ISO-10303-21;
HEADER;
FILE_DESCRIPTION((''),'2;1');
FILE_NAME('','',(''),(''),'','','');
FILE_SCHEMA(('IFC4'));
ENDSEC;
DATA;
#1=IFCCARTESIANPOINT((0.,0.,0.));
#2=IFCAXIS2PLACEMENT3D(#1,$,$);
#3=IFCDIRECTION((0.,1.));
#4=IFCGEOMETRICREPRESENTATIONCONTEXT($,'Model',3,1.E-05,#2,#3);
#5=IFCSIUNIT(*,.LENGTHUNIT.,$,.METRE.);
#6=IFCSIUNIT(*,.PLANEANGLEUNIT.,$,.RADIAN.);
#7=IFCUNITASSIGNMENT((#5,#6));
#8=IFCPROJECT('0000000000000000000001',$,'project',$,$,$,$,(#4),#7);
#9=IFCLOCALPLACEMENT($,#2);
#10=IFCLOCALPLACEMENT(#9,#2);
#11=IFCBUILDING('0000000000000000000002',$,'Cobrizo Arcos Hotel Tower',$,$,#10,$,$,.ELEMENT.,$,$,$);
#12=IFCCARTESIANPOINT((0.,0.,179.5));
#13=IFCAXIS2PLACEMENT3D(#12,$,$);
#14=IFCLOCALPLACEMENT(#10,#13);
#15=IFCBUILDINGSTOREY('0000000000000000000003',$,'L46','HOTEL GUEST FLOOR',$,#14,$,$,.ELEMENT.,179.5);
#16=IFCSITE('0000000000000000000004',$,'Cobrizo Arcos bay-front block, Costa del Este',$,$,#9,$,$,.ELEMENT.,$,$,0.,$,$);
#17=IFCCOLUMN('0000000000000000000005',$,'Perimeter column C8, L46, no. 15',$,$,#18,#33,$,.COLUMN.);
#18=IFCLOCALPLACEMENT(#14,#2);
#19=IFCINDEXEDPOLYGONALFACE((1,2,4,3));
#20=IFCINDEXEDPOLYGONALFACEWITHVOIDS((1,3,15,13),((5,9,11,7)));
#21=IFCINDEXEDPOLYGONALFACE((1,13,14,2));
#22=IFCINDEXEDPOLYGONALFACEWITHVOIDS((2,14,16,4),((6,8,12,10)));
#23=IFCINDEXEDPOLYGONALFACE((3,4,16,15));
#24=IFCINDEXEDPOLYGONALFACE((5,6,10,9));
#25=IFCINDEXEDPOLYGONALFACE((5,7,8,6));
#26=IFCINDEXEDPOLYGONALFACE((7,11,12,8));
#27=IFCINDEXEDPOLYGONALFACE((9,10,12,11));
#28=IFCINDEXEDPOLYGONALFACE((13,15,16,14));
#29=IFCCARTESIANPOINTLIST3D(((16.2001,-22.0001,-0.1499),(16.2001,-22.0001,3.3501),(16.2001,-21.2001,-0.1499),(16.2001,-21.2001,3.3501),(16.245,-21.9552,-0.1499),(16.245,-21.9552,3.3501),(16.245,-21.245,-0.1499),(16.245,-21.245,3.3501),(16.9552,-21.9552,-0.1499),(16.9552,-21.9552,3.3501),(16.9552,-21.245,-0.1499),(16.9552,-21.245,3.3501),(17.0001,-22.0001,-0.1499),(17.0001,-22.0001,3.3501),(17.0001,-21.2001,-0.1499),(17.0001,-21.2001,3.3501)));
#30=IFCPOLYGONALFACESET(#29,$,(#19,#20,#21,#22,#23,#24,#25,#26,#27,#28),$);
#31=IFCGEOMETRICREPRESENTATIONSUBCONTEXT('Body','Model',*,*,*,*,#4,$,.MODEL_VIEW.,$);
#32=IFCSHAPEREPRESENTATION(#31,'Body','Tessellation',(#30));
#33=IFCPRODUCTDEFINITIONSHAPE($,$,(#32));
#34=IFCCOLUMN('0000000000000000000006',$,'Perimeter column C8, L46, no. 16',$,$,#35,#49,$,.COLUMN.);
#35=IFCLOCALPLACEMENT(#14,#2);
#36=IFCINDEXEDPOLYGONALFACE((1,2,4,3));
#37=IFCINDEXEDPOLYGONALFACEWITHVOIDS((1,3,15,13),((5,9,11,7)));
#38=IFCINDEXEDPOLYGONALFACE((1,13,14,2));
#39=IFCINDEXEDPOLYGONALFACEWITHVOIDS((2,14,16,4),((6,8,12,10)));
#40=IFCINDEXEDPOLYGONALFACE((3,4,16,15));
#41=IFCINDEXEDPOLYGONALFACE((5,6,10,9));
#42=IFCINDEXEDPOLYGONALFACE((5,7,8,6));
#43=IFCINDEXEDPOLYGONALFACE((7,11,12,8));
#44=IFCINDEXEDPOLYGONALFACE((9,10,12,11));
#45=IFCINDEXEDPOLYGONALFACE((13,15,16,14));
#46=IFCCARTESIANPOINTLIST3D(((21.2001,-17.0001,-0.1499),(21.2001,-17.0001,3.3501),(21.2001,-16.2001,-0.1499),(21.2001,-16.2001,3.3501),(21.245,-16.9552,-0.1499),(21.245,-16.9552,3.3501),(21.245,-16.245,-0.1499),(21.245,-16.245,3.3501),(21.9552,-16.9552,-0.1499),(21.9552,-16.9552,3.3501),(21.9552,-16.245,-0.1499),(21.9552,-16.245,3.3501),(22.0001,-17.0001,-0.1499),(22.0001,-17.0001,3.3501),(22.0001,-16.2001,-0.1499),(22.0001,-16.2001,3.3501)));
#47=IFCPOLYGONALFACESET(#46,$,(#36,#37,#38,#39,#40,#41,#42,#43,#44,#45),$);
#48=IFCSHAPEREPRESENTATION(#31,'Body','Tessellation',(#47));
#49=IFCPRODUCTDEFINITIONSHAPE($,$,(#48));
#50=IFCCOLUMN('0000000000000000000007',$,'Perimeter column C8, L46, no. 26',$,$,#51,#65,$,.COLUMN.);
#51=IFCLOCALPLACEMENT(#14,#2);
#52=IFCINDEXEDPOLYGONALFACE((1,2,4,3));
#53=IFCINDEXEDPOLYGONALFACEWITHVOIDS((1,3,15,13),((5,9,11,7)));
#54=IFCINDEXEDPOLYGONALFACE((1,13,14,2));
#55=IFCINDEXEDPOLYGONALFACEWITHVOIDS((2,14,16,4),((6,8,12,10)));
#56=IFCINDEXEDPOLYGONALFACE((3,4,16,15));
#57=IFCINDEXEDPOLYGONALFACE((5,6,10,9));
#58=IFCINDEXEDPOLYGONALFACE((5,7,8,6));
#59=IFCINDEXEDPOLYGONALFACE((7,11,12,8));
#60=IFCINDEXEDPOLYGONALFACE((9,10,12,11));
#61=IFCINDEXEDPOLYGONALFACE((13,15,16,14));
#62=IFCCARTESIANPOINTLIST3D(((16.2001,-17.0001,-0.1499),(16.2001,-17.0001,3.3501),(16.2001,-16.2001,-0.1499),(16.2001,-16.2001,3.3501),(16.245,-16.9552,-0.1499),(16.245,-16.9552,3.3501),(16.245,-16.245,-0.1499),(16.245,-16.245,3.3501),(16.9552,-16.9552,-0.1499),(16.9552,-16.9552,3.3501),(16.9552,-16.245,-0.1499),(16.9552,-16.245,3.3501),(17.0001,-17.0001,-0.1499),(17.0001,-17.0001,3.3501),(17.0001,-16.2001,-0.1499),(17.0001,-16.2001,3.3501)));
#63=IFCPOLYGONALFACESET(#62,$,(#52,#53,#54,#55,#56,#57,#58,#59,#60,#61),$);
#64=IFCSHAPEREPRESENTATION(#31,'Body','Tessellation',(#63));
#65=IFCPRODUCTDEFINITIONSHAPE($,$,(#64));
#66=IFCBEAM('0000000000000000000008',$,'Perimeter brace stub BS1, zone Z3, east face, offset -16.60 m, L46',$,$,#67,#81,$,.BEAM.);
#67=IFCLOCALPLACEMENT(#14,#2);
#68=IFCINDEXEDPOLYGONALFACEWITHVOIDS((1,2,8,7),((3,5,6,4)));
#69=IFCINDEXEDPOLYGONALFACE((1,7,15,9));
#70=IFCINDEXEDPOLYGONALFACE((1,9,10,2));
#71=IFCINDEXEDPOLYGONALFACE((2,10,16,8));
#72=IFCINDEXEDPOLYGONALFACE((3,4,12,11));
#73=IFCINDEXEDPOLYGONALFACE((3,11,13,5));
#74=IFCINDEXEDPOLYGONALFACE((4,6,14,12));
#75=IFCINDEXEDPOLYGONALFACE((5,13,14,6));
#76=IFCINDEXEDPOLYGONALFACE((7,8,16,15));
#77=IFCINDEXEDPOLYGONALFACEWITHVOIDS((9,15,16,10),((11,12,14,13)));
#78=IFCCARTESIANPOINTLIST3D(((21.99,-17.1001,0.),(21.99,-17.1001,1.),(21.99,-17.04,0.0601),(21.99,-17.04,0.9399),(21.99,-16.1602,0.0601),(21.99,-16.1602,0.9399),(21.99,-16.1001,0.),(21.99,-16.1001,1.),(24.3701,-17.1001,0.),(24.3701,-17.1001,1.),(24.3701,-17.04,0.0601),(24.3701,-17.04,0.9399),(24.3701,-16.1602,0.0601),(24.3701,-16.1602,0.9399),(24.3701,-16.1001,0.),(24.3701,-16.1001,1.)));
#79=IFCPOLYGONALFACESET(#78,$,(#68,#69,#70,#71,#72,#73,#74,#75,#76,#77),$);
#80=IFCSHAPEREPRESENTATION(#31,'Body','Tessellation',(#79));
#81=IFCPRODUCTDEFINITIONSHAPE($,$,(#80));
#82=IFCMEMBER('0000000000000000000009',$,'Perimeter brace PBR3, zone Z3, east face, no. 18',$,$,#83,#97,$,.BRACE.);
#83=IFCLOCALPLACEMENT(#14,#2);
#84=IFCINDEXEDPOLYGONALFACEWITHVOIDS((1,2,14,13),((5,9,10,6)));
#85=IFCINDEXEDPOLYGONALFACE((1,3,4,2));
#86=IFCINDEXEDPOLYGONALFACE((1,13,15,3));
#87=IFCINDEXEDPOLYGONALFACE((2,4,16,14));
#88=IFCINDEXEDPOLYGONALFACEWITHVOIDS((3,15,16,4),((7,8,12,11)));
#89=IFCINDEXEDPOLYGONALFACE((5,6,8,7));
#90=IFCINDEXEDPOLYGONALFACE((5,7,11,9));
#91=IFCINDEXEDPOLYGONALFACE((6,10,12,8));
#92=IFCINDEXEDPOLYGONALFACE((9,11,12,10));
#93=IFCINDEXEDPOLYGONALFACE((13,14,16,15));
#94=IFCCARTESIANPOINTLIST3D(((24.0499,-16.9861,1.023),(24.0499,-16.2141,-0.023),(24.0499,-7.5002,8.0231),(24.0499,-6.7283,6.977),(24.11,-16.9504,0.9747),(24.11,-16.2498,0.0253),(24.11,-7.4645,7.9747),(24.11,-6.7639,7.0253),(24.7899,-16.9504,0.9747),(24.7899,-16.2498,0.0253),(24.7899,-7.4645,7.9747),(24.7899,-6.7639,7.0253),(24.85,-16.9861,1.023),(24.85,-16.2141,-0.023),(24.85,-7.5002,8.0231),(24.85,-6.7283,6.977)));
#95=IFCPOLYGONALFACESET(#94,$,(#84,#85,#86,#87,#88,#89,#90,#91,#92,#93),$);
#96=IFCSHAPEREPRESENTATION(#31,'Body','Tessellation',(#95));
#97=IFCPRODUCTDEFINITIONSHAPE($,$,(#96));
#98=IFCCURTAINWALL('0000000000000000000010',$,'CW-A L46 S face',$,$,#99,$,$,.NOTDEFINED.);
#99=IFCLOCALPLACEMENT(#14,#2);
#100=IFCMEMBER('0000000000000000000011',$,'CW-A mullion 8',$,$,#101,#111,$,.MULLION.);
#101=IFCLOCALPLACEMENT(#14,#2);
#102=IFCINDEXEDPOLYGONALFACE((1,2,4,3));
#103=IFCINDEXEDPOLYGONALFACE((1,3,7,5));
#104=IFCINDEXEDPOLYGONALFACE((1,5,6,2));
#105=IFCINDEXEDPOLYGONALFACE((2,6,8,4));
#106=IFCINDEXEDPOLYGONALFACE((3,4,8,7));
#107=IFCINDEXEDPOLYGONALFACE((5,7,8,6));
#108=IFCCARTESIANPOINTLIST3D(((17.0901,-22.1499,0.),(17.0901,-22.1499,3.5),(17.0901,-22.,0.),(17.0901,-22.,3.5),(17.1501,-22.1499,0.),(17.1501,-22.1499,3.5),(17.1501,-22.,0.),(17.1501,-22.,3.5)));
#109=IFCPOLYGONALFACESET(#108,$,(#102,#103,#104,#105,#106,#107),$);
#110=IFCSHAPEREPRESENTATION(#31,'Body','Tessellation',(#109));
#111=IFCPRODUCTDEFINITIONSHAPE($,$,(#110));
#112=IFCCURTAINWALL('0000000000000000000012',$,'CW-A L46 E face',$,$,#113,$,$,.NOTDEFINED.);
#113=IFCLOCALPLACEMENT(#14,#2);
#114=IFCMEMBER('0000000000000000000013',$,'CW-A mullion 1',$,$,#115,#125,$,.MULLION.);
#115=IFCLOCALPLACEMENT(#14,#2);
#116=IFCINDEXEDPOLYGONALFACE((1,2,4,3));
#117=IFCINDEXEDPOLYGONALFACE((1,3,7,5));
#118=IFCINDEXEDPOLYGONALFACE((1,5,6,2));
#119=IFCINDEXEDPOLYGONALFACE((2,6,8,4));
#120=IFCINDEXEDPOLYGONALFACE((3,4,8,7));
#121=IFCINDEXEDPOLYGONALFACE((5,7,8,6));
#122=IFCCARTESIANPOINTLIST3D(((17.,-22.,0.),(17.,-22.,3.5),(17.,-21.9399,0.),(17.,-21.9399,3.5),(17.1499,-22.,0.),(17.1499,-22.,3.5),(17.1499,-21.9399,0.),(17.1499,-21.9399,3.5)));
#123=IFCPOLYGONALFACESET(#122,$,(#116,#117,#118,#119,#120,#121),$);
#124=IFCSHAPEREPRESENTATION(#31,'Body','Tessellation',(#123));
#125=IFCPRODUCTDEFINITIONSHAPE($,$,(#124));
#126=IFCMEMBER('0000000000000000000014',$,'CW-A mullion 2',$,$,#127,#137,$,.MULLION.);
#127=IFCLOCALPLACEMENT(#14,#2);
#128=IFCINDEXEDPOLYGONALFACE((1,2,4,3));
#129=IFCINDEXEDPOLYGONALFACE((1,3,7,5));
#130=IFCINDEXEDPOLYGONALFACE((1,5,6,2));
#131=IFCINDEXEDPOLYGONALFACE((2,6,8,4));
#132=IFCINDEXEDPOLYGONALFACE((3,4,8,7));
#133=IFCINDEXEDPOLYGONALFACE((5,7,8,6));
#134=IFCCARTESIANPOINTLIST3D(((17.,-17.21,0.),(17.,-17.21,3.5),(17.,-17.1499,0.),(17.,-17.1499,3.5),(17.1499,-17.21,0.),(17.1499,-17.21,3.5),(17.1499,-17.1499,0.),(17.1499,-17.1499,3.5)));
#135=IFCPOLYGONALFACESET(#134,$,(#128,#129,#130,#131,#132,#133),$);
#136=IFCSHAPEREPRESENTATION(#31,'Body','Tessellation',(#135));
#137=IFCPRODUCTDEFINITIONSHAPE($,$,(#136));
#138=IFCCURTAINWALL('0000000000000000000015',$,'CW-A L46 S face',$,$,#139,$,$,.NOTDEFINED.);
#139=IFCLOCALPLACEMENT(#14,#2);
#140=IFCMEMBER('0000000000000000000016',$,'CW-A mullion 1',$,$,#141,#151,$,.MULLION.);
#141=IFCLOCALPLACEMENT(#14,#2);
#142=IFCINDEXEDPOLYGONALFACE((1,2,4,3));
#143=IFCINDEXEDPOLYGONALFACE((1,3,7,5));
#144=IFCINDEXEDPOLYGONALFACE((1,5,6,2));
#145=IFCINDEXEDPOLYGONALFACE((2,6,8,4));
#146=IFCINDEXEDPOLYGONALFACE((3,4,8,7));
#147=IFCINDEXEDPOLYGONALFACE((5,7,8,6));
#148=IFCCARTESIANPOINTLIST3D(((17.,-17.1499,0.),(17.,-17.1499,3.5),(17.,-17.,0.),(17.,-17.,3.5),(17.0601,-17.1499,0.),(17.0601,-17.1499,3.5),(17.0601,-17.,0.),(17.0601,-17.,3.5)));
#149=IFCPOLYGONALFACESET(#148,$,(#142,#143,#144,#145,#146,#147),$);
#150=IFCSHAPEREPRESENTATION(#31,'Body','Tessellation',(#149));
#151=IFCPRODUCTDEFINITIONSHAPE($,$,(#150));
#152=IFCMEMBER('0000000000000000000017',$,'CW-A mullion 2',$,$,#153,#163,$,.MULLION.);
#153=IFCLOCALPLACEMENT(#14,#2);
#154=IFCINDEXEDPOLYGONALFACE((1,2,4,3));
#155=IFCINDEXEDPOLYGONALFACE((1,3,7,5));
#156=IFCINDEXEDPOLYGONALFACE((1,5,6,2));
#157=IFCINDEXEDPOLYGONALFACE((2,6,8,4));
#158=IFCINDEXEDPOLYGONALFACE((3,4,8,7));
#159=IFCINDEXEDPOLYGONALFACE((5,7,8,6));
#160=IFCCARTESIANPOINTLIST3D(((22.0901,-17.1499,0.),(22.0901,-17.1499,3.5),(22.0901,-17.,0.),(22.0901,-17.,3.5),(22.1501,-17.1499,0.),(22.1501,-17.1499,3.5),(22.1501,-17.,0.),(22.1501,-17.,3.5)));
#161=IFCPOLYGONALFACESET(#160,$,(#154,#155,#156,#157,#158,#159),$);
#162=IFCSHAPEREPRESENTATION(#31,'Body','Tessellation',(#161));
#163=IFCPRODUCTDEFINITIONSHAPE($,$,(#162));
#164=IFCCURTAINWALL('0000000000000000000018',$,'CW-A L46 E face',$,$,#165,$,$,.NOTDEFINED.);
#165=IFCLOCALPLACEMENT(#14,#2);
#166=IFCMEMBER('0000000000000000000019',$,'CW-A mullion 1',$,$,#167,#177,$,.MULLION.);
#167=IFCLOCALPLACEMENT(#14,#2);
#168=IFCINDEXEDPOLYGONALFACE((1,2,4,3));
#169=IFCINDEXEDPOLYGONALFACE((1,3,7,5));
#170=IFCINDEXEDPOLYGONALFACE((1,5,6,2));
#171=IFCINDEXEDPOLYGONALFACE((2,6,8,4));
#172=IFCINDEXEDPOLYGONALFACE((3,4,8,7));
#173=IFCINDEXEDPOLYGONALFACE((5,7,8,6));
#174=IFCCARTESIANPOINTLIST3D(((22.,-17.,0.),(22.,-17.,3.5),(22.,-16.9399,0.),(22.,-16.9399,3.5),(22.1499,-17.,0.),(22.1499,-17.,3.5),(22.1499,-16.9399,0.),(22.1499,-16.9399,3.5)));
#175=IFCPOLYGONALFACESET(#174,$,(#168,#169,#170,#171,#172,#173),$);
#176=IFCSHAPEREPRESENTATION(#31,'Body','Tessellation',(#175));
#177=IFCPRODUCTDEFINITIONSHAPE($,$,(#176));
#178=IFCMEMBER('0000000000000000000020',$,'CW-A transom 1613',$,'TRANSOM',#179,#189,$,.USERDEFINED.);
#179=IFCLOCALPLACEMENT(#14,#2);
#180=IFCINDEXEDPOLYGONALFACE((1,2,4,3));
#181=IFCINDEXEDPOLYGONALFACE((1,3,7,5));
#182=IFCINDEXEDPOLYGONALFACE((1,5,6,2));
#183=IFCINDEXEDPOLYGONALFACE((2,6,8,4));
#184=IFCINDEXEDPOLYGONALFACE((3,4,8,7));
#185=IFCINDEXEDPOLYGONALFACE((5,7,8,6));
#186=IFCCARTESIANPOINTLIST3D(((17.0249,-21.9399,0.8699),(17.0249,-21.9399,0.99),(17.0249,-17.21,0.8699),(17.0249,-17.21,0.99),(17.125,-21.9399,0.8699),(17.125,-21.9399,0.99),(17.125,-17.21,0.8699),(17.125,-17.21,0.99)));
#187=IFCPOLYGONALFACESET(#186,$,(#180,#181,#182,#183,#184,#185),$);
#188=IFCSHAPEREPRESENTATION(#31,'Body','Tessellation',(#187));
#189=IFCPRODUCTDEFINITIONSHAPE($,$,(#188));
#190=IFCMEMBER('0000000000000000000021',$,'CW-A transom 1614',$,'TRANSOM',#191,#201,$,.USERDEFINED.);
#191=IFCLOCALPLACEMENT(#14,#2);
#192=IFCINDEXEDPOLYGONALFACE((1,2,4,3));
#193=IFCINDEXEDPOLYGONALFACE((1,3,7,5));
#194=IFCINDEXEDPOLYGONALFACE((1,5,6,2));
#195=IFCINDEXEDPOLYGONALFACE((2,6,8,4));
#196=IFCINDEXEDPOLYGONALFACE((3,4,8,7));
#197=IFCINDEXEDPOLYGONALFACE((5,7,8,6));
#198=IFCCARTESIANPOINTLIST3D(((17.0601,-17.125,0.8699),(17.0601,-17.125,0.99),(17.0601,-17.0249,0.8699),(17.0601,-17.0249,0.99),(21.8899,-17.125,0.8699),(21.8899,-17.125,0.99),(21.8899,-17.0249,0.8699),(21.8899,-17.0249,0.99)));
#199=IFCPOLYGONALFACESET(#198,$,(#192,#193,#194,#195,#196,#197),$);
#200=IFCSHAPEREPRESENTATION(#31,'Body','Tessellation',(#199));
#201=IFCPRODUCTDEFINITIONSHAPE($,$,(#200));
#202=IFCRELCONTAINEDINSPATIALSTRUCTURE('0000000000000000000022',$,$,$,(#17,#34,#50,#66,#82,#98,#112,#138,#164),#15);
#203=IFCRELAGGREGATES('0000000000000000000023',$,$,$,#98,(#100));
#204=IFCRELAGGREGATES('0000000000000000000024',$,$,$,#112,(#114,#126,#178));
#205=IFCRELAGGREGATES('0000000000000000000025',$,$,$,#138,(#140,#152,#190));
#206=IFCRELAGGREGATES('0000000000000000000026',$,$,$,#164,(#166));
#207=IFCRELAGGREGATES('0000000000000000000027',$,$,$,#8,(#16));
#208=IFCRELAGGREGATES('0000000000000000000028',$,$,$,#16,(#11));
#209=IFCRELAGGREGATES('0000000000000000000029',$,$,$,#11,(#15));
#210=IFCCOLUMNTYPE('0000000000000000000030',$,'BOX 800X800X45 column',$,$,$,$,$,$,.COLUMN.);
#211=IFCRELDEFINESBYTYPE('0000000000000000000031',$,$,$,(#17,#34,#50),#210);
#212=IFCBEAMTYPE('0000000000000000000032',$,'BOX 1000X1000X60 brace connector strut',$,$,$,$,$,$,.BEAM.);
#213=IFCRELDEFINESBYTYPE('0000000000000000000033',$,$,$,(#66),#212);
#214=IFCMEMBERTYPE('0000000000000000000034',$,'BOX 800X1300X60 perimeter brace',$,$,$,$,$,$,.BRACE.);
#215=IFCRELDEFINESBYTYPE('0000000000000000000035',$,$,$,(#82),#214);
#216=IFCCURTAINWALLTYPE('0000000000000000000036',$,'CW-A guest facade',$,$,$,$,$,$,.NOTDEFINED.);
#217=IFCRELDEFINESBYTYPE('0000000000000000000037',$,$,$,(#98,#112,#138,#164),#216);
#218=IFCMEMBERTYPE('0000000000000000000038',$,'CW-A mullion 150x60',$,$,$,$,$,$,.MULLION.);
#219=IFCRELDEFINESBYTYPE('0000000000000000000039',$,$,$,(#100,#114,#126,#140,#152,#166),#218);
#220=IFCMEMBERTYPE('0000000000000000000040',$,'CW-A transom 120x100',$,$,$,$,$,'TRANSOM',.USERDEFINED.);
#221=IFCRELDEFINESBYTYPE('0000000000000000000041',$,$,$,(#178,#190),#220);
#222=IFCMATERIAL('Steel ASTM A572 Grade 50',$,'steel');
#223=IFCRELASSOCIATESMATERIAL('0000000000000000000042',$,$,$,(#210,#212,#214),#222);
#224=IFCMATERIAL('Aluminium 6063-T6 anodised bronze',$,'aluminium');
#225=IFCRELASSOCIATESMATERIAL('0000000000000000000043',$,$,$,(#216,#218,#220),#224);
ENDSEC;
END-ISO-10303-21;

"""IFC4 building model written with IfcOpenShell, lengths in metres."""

from ifc_helpers import new_model, si_unit, direction, frame, origin, origin_2d, place, context, subcontext, project, spatial, rectangle, hollow_rectangle, extrude, material, material_profile, profile_set, type_object, element, aggregate, save


model = new_model("IFC4")

# Units and contexts
model_context = context("Model", 3, precision=1e-05, world=origin(), true_north=direction((0.0, 1.0)))
body_context = subcontext(model_context, "Body", "Model", "MODEL_VIEW")
ifc_project = project(units=[si_unit("LENGTHUNIT", "METRE"), si_unit("PLANEANGLEUNIT", "RADIAN")], contexts=[model_context])

# Site, building, storey
site_placement = place(None, origin())
site = spatial("IfcSite", under=ifc_project, at=site_placement, Name="Cobrizo Arcos bay-front block, Costa del Este", CompositionType="ELEMENT", RefElevation=0.0)
building_placement = place(site_placement, origin())
building = spatial("IfcBuilding", under=site, at=building_placement, Name="Cobrizo Arcos Hotel Tower", CompositionType="ELEMENT")
storey_placement = place(building_placement, frame((0.0, 0.0, 179.5)))
storey = spatial("IfcBuildingStorey", under=building, at=storey_placement, Name="L46", Description="HOTEL GUEST FLOOR", CompositionType="ELEMENT", Elevation=179.5)

# Columns
ifc_material_1 = material(Name="Steel ASTM A572 Grade 50", Category="steel")
ifc_material_profile_1 = material_profile(ifc_material_1, hollow_rectangle(XDim=0.8, YDim=0.8, WallThickness=0.0449, at=origin_2d()), Name="BOX 800X800X45")
ifc_profile_set_1 = profile_set([ifc_material_profile_1], Name="Steel ASTM A572 Grade 50")
column_type = type_object("IfcColumnType", Name="BOX 800X800X45 column", PredefinedType="COLUMN", material=ifc_profile_set_1)
for number, where, z_axis, x_axis, name in (
    (1, (16.6001, -21.6001, -0.1499), (0.0, 0.0, 1.0), (1.0, 0.0, 0.0), "Perimeter column C8, L46, no. 15"),
    (2, (21.6001, -16.6001, -0.1499), (0.0, 0.0, 1.0), (1.0, 0.0, 0.0), "Perimeter column C8, L46, no. 16"),
    (3, (16.6001, -16.6001, -0.1499), (0.0, 0.0, 1.0), (1.0, 0.0, 0.0), "Perimeter column C8, L46, no. 26"),
):
    element("IfcColumn", number, at=place(storey_placement, frame(where, z_axis=z_axis, x_axis=x_axis)), inside=storey, type_object=column_type, Name=name, PredefinedType="COLUMN", context=body_context, shape_type="SweptSolid", body=[
        extrude(hollow_rectangle(XDim=0.8, YDim=0.8, WallThickness=0.0449, at=origin_2d()), origin(), (0.0, 0.0, 1.0), 3.5),
    ])

# Beam
ifc_material_profile_2 = material_profile(ifc_material_1, hollow_rectangle(XDim=1.0, YDim=1.0, WallThickness=0.0601, at=origin_2d()), Name="BOX 1000X1000X60")
ifc_profile_set_2 = profile_set([ifc_material_profile_2], Name="Steel ASTM A572 Grade 50")
beam_type_1 = type_object("IfcBeamType", Name="BOX 1000X1000X60 brace connector strut", PredefinedType="BEAM", material=ifc_profile_set_2)
beam_1_placement = place(storey_placement, frame((21.99, -16.6001, 0.5), z_axis=(1.0, 0.0, 0.0), x_axis=(0.0, 1.0, 0.0)))
element("IfcBeam", 4, at=beam_1_placement, inside=storey, type_object=beam_type_1, Name="Perimeter brace stub BS1, zone Z3, east face, offset -16.60 m, L46", PredefinedType="BEAM", context=body_context, shape_type="SweptSolid", body=[
    extrude(hollow_rectangle(XDim=1.0, YDim=1.0, WallThickness=0.0601, at=origin_2d()), origin(), (0.0, 0.0, 1.0), 2.3801),
])

# Member
ifc_material_profile_3 = material_profile(ifc_material_1, hollow_rectangle(XDim=0.8, YDim=1.3, WallThickness=0.0601, at=origin_2d()), Name="BOX 800X1300X60")
ifc_profile_set_3 = profile_set([ifc_material_profile_3], Name="Steel ASTM A572 Grade 50")
member_type_1 = type_object("IfcMemberType", Name="BOX 800X1300X60 perimeter brace", PredefinedType="BRACE", material=ifc_profile_set_3)
member_1_placement = place(storey_placement, frame((24.45, -16.6001, 0.5), z_axis=(0.0, 0.804633, 0.593772), x_axis=(-1.0, 0.0, 0.0)))
element("IfcMember", 5, at=member_1_placement, inside=storey, type_object=member_type_1, Name="Perimeter brace PBR3, zone Z3, east face, no. 18", PredefinedType="BRACE", context=body_context, shape_type="SweptSolid", body=[
    extrude(hollow_rectangle(XDim=0.8, YDim=1.3, WallThickness=0.0601, at=origin_2d()), origin(), (0.0, 0.0, 1.0), 11.7891),
])

# Curtain wall, member
ifc_material_2 = material(Name="Aluminium 6063-T6 anodised bronze", Category="aluminium")
curtain_wall_type = type_object("IfcCurtainWallType", Name="CW-A guest facade", PredefinedType="NOTDEFINED", material=ifc_material_2)
curtain_wall_1_placement = place(storey_placement, origin())
curtain_wall_1 = element("IfcCurtainWall", 6, at=curtain_wall_1_placement, inside=storey, type_object=curtain_wall_type, Name="CW-A L46 S face", PredefinedType="NOTDEFINED")
ifc_material_profile_4 = material_profile(ifc_material_2, rectangle(XDim=0.1499, YDim=0.0601, at=origin_2d()), Name="CW-A mullion 150x60")
ifc_profile_set_4 = profile_set([ifc_material_profile_4], Name="Aluminium 6063-T6 anodised bronze")
member_type_2 = type_object("IfcMemberType", Name="CW-A mullion 150x60", PredefinedType="MULLION", material=ifc_profile_set_4)
member_2_placement = place(storey_placement, frame((17.1201, -22.075, 0.0), z_axis=(0.0, 0.0, 1.0), x_axis=(0.0, -1.0, 0.0)))
member_2 = element("IfcMember", 7, at=member_2_placement, type_object=member_type_2, Name="CW-A mullion 8", PredefinedType="MULLION", context=body_context, shape_type="SweptSolid", body=[
    extrude(rectangle(XDim=0.1499, YDim=0.0601, at=origin_2d()), origin(), (0.0, 0.0, 1.0), 3.5),
])
aggregate(curtain_wall_1, [member_2])

# Curtain walls, members
curtain_wall_2_placement = place(storey_placement, origin())
curtain_wall_2 = element("IfcCurtainWall", 8, at=curtain_wall_2_placement, inside=storey, type_object=curtain_wall_type, Name="CW-A L46 E face", PredefinedType="NOTDEFINED")
member_3_placement = place(storey_placement, frame((17.075, -21.97, 0.0), z_axis=(0.0, 0.0, 1.0), x_axis=(1.0, 0.0, 0.0)))
member_3 = element("IfcMember", 9, at=member_3_placement, type_object=member_type_2, Name="CW-A mullion 1", PredefinedType="MULLION", context=body_context, shape_type="SweptSolid", body=[
    extrude(rectangle(XDim=0.1499, YDim=0.0601, at=origin_2d()), origin(), (0.0, 0.0, 1.0), 3.5),
])
member_4_placement = place(storey_placement, frame((17.075, -17.1799, 0.0), z_axis=(0.0, 0.0, 1.0), x_axis=(1.0, 0.0, 0.0)))
member_4 = element("IfcMember", 10, at=member_4_placement, type_object=member_type_2, Name="CW-A mullion 2", PredefinedType="MULLION", context=body_context, shape_type="SweptSolid", body=[
    extrude(rectangle(XDim=0.1499, YDim=0.0601, at=origin_2d()), origin(), (0.0, 0.0, 1.0), 3.5),
])
curtain_wall_3_placement = place(storey_placement, origin())
curtain_wall_3 = element("IfcCurtainWall", 11, at=curtain_wall_3_placement, inside=storey, type_object=curtain_wall_type, Name="CW-A L46 S face", PredefinedType="NOTDEFINED")
member_5_placement = place(storey_placement, frame((17.03, -17.075, 0.0), z_axis=(0.0, 0.0, 1.0), x_axis=(0.0, -1.0, 0.0)))
member_5 = element("IfcMember", 12, at=member_5_placement, type_object=member_type_2, Name="CW-A mullion 1", PredefinedType="MULLION", context=body_context, shape_type="SweptSolid", body=[
    extrude(rectangle(XDim=0.1499, YDim=0.0601, at=origin_2d()), origin(), (0.0, 0.0, 1.0), 3.5),
])
member_6_placement = place(storey_placement, frame((22.1201, -17.075, 0.0), z_axis=(0.0, 0.0, 1.0), x_axis=(0.0, -1.0, 0.0)))
member_6 = element("IfcMember", 13, at=member_6_placement, type_object=member_type_2, Name="CW-A mullion 2", PredefinedType="MULLION", context=body_context, shape_type="SweptSolid", body=[
    extrude(rectangle(XDim=0.1499, YDim=0.0601, at=origin_2d()), origin(), (0.0, 0.0, 1.0), 3.5),
])

# Curtain wall, member
curtain_wall_4_placement = place(storey_placement, origin())
curtain_wall_4 = element("IfcCurtainWall", 14, at=curtain_wall_4_placement, inside=storey, type_object=curtain_wall_type, Name="CW-A L46 E face", PredefinedType="NOTDEFINED")
member_7_placement = place(storey_placement, frame((22.075, -16.97, 0.0), z_axis=(0.0, 0.0, 1.0), x_axis=(1.0, 0.0, 0.0)))
member_7 = element("IfcMember", 15, at=member_7_placement, type_object=member_type_2, Name="CW-A mullion 1", PredefinedType="MULLION", context=body_context, shape_type="SweptSolid", body=[
    extrude(rectangle(XDim=0.1499, YDim=0.0601, at=origin_2d()), origin(), (0.0, 0.0, 1.0), 3.5),
])

# Members
ifc_material_profile_5 = material_profile(ifc_material_2, rectangle(XDim=0.1001, YDim=0.1201, at=origin_2d()), Name="CW-A transom 120x100")
ifc_profile_set_5 = profile_set([ifc_material_profile_5], Name="Aluminium 6063-T6 anodised bronze")
member_type_3 = type_object("IfcMemberType", Name="CW-A transom 120x100", ElementType="TRANSOM", PredefinedType="USERDEFINED", material=ifc_profile_set_5)
member_8_placement = place(storey_placement, frame((17.075, -21.9399, 0.9299), z_axis=(0.0, 1.0, 0.0), x_axis=(-1.0, 0.0, 0.0)))
member_8 = element("IfcMember", 16, at=member_8_placement, type_object=member_type_3, Name="CW-A transom 1613", ObjectType="TRANSOM", PredefinedType="USERDEFINED", context=body_context, shape_type="SweptSolid", body=[
    extrude(rectangle(XDim=0.1001, YDim=0.1201, at=origin_2d()), origin(), (0.0, 0.0, 1.0), 4.73),
])
member_9_placement = place(storey_placement, frame((17.0601, -17.075, 0.9299), z_axis=(1.0, 0.0, 0.0), x_axis=(0.0, 1.0, 0.0)))
member_9 = element("IfcMember", 17, at=member_9_placement, type_object=member_type_3, Name="CW-A transom 1614", ObjectType="TRANSOM", PredefinedType="USERDEFINED", context=body_context, shape_type="SweptSolid", body=[
    extrude(rectangle(XDim=0.1001, YDim=0.1201, at=origin_2d()), origin(), (0.0, 0.0, 1.0), 4.8298),
])

aggregate(curtain_wall_2, [member_3, member_4, member_8])
aggregate(curtain_wall_3, [member_5, member_6, member_9])
aggregate(curtain_wall_4, [member_7])

save(model, "model.ifc")
